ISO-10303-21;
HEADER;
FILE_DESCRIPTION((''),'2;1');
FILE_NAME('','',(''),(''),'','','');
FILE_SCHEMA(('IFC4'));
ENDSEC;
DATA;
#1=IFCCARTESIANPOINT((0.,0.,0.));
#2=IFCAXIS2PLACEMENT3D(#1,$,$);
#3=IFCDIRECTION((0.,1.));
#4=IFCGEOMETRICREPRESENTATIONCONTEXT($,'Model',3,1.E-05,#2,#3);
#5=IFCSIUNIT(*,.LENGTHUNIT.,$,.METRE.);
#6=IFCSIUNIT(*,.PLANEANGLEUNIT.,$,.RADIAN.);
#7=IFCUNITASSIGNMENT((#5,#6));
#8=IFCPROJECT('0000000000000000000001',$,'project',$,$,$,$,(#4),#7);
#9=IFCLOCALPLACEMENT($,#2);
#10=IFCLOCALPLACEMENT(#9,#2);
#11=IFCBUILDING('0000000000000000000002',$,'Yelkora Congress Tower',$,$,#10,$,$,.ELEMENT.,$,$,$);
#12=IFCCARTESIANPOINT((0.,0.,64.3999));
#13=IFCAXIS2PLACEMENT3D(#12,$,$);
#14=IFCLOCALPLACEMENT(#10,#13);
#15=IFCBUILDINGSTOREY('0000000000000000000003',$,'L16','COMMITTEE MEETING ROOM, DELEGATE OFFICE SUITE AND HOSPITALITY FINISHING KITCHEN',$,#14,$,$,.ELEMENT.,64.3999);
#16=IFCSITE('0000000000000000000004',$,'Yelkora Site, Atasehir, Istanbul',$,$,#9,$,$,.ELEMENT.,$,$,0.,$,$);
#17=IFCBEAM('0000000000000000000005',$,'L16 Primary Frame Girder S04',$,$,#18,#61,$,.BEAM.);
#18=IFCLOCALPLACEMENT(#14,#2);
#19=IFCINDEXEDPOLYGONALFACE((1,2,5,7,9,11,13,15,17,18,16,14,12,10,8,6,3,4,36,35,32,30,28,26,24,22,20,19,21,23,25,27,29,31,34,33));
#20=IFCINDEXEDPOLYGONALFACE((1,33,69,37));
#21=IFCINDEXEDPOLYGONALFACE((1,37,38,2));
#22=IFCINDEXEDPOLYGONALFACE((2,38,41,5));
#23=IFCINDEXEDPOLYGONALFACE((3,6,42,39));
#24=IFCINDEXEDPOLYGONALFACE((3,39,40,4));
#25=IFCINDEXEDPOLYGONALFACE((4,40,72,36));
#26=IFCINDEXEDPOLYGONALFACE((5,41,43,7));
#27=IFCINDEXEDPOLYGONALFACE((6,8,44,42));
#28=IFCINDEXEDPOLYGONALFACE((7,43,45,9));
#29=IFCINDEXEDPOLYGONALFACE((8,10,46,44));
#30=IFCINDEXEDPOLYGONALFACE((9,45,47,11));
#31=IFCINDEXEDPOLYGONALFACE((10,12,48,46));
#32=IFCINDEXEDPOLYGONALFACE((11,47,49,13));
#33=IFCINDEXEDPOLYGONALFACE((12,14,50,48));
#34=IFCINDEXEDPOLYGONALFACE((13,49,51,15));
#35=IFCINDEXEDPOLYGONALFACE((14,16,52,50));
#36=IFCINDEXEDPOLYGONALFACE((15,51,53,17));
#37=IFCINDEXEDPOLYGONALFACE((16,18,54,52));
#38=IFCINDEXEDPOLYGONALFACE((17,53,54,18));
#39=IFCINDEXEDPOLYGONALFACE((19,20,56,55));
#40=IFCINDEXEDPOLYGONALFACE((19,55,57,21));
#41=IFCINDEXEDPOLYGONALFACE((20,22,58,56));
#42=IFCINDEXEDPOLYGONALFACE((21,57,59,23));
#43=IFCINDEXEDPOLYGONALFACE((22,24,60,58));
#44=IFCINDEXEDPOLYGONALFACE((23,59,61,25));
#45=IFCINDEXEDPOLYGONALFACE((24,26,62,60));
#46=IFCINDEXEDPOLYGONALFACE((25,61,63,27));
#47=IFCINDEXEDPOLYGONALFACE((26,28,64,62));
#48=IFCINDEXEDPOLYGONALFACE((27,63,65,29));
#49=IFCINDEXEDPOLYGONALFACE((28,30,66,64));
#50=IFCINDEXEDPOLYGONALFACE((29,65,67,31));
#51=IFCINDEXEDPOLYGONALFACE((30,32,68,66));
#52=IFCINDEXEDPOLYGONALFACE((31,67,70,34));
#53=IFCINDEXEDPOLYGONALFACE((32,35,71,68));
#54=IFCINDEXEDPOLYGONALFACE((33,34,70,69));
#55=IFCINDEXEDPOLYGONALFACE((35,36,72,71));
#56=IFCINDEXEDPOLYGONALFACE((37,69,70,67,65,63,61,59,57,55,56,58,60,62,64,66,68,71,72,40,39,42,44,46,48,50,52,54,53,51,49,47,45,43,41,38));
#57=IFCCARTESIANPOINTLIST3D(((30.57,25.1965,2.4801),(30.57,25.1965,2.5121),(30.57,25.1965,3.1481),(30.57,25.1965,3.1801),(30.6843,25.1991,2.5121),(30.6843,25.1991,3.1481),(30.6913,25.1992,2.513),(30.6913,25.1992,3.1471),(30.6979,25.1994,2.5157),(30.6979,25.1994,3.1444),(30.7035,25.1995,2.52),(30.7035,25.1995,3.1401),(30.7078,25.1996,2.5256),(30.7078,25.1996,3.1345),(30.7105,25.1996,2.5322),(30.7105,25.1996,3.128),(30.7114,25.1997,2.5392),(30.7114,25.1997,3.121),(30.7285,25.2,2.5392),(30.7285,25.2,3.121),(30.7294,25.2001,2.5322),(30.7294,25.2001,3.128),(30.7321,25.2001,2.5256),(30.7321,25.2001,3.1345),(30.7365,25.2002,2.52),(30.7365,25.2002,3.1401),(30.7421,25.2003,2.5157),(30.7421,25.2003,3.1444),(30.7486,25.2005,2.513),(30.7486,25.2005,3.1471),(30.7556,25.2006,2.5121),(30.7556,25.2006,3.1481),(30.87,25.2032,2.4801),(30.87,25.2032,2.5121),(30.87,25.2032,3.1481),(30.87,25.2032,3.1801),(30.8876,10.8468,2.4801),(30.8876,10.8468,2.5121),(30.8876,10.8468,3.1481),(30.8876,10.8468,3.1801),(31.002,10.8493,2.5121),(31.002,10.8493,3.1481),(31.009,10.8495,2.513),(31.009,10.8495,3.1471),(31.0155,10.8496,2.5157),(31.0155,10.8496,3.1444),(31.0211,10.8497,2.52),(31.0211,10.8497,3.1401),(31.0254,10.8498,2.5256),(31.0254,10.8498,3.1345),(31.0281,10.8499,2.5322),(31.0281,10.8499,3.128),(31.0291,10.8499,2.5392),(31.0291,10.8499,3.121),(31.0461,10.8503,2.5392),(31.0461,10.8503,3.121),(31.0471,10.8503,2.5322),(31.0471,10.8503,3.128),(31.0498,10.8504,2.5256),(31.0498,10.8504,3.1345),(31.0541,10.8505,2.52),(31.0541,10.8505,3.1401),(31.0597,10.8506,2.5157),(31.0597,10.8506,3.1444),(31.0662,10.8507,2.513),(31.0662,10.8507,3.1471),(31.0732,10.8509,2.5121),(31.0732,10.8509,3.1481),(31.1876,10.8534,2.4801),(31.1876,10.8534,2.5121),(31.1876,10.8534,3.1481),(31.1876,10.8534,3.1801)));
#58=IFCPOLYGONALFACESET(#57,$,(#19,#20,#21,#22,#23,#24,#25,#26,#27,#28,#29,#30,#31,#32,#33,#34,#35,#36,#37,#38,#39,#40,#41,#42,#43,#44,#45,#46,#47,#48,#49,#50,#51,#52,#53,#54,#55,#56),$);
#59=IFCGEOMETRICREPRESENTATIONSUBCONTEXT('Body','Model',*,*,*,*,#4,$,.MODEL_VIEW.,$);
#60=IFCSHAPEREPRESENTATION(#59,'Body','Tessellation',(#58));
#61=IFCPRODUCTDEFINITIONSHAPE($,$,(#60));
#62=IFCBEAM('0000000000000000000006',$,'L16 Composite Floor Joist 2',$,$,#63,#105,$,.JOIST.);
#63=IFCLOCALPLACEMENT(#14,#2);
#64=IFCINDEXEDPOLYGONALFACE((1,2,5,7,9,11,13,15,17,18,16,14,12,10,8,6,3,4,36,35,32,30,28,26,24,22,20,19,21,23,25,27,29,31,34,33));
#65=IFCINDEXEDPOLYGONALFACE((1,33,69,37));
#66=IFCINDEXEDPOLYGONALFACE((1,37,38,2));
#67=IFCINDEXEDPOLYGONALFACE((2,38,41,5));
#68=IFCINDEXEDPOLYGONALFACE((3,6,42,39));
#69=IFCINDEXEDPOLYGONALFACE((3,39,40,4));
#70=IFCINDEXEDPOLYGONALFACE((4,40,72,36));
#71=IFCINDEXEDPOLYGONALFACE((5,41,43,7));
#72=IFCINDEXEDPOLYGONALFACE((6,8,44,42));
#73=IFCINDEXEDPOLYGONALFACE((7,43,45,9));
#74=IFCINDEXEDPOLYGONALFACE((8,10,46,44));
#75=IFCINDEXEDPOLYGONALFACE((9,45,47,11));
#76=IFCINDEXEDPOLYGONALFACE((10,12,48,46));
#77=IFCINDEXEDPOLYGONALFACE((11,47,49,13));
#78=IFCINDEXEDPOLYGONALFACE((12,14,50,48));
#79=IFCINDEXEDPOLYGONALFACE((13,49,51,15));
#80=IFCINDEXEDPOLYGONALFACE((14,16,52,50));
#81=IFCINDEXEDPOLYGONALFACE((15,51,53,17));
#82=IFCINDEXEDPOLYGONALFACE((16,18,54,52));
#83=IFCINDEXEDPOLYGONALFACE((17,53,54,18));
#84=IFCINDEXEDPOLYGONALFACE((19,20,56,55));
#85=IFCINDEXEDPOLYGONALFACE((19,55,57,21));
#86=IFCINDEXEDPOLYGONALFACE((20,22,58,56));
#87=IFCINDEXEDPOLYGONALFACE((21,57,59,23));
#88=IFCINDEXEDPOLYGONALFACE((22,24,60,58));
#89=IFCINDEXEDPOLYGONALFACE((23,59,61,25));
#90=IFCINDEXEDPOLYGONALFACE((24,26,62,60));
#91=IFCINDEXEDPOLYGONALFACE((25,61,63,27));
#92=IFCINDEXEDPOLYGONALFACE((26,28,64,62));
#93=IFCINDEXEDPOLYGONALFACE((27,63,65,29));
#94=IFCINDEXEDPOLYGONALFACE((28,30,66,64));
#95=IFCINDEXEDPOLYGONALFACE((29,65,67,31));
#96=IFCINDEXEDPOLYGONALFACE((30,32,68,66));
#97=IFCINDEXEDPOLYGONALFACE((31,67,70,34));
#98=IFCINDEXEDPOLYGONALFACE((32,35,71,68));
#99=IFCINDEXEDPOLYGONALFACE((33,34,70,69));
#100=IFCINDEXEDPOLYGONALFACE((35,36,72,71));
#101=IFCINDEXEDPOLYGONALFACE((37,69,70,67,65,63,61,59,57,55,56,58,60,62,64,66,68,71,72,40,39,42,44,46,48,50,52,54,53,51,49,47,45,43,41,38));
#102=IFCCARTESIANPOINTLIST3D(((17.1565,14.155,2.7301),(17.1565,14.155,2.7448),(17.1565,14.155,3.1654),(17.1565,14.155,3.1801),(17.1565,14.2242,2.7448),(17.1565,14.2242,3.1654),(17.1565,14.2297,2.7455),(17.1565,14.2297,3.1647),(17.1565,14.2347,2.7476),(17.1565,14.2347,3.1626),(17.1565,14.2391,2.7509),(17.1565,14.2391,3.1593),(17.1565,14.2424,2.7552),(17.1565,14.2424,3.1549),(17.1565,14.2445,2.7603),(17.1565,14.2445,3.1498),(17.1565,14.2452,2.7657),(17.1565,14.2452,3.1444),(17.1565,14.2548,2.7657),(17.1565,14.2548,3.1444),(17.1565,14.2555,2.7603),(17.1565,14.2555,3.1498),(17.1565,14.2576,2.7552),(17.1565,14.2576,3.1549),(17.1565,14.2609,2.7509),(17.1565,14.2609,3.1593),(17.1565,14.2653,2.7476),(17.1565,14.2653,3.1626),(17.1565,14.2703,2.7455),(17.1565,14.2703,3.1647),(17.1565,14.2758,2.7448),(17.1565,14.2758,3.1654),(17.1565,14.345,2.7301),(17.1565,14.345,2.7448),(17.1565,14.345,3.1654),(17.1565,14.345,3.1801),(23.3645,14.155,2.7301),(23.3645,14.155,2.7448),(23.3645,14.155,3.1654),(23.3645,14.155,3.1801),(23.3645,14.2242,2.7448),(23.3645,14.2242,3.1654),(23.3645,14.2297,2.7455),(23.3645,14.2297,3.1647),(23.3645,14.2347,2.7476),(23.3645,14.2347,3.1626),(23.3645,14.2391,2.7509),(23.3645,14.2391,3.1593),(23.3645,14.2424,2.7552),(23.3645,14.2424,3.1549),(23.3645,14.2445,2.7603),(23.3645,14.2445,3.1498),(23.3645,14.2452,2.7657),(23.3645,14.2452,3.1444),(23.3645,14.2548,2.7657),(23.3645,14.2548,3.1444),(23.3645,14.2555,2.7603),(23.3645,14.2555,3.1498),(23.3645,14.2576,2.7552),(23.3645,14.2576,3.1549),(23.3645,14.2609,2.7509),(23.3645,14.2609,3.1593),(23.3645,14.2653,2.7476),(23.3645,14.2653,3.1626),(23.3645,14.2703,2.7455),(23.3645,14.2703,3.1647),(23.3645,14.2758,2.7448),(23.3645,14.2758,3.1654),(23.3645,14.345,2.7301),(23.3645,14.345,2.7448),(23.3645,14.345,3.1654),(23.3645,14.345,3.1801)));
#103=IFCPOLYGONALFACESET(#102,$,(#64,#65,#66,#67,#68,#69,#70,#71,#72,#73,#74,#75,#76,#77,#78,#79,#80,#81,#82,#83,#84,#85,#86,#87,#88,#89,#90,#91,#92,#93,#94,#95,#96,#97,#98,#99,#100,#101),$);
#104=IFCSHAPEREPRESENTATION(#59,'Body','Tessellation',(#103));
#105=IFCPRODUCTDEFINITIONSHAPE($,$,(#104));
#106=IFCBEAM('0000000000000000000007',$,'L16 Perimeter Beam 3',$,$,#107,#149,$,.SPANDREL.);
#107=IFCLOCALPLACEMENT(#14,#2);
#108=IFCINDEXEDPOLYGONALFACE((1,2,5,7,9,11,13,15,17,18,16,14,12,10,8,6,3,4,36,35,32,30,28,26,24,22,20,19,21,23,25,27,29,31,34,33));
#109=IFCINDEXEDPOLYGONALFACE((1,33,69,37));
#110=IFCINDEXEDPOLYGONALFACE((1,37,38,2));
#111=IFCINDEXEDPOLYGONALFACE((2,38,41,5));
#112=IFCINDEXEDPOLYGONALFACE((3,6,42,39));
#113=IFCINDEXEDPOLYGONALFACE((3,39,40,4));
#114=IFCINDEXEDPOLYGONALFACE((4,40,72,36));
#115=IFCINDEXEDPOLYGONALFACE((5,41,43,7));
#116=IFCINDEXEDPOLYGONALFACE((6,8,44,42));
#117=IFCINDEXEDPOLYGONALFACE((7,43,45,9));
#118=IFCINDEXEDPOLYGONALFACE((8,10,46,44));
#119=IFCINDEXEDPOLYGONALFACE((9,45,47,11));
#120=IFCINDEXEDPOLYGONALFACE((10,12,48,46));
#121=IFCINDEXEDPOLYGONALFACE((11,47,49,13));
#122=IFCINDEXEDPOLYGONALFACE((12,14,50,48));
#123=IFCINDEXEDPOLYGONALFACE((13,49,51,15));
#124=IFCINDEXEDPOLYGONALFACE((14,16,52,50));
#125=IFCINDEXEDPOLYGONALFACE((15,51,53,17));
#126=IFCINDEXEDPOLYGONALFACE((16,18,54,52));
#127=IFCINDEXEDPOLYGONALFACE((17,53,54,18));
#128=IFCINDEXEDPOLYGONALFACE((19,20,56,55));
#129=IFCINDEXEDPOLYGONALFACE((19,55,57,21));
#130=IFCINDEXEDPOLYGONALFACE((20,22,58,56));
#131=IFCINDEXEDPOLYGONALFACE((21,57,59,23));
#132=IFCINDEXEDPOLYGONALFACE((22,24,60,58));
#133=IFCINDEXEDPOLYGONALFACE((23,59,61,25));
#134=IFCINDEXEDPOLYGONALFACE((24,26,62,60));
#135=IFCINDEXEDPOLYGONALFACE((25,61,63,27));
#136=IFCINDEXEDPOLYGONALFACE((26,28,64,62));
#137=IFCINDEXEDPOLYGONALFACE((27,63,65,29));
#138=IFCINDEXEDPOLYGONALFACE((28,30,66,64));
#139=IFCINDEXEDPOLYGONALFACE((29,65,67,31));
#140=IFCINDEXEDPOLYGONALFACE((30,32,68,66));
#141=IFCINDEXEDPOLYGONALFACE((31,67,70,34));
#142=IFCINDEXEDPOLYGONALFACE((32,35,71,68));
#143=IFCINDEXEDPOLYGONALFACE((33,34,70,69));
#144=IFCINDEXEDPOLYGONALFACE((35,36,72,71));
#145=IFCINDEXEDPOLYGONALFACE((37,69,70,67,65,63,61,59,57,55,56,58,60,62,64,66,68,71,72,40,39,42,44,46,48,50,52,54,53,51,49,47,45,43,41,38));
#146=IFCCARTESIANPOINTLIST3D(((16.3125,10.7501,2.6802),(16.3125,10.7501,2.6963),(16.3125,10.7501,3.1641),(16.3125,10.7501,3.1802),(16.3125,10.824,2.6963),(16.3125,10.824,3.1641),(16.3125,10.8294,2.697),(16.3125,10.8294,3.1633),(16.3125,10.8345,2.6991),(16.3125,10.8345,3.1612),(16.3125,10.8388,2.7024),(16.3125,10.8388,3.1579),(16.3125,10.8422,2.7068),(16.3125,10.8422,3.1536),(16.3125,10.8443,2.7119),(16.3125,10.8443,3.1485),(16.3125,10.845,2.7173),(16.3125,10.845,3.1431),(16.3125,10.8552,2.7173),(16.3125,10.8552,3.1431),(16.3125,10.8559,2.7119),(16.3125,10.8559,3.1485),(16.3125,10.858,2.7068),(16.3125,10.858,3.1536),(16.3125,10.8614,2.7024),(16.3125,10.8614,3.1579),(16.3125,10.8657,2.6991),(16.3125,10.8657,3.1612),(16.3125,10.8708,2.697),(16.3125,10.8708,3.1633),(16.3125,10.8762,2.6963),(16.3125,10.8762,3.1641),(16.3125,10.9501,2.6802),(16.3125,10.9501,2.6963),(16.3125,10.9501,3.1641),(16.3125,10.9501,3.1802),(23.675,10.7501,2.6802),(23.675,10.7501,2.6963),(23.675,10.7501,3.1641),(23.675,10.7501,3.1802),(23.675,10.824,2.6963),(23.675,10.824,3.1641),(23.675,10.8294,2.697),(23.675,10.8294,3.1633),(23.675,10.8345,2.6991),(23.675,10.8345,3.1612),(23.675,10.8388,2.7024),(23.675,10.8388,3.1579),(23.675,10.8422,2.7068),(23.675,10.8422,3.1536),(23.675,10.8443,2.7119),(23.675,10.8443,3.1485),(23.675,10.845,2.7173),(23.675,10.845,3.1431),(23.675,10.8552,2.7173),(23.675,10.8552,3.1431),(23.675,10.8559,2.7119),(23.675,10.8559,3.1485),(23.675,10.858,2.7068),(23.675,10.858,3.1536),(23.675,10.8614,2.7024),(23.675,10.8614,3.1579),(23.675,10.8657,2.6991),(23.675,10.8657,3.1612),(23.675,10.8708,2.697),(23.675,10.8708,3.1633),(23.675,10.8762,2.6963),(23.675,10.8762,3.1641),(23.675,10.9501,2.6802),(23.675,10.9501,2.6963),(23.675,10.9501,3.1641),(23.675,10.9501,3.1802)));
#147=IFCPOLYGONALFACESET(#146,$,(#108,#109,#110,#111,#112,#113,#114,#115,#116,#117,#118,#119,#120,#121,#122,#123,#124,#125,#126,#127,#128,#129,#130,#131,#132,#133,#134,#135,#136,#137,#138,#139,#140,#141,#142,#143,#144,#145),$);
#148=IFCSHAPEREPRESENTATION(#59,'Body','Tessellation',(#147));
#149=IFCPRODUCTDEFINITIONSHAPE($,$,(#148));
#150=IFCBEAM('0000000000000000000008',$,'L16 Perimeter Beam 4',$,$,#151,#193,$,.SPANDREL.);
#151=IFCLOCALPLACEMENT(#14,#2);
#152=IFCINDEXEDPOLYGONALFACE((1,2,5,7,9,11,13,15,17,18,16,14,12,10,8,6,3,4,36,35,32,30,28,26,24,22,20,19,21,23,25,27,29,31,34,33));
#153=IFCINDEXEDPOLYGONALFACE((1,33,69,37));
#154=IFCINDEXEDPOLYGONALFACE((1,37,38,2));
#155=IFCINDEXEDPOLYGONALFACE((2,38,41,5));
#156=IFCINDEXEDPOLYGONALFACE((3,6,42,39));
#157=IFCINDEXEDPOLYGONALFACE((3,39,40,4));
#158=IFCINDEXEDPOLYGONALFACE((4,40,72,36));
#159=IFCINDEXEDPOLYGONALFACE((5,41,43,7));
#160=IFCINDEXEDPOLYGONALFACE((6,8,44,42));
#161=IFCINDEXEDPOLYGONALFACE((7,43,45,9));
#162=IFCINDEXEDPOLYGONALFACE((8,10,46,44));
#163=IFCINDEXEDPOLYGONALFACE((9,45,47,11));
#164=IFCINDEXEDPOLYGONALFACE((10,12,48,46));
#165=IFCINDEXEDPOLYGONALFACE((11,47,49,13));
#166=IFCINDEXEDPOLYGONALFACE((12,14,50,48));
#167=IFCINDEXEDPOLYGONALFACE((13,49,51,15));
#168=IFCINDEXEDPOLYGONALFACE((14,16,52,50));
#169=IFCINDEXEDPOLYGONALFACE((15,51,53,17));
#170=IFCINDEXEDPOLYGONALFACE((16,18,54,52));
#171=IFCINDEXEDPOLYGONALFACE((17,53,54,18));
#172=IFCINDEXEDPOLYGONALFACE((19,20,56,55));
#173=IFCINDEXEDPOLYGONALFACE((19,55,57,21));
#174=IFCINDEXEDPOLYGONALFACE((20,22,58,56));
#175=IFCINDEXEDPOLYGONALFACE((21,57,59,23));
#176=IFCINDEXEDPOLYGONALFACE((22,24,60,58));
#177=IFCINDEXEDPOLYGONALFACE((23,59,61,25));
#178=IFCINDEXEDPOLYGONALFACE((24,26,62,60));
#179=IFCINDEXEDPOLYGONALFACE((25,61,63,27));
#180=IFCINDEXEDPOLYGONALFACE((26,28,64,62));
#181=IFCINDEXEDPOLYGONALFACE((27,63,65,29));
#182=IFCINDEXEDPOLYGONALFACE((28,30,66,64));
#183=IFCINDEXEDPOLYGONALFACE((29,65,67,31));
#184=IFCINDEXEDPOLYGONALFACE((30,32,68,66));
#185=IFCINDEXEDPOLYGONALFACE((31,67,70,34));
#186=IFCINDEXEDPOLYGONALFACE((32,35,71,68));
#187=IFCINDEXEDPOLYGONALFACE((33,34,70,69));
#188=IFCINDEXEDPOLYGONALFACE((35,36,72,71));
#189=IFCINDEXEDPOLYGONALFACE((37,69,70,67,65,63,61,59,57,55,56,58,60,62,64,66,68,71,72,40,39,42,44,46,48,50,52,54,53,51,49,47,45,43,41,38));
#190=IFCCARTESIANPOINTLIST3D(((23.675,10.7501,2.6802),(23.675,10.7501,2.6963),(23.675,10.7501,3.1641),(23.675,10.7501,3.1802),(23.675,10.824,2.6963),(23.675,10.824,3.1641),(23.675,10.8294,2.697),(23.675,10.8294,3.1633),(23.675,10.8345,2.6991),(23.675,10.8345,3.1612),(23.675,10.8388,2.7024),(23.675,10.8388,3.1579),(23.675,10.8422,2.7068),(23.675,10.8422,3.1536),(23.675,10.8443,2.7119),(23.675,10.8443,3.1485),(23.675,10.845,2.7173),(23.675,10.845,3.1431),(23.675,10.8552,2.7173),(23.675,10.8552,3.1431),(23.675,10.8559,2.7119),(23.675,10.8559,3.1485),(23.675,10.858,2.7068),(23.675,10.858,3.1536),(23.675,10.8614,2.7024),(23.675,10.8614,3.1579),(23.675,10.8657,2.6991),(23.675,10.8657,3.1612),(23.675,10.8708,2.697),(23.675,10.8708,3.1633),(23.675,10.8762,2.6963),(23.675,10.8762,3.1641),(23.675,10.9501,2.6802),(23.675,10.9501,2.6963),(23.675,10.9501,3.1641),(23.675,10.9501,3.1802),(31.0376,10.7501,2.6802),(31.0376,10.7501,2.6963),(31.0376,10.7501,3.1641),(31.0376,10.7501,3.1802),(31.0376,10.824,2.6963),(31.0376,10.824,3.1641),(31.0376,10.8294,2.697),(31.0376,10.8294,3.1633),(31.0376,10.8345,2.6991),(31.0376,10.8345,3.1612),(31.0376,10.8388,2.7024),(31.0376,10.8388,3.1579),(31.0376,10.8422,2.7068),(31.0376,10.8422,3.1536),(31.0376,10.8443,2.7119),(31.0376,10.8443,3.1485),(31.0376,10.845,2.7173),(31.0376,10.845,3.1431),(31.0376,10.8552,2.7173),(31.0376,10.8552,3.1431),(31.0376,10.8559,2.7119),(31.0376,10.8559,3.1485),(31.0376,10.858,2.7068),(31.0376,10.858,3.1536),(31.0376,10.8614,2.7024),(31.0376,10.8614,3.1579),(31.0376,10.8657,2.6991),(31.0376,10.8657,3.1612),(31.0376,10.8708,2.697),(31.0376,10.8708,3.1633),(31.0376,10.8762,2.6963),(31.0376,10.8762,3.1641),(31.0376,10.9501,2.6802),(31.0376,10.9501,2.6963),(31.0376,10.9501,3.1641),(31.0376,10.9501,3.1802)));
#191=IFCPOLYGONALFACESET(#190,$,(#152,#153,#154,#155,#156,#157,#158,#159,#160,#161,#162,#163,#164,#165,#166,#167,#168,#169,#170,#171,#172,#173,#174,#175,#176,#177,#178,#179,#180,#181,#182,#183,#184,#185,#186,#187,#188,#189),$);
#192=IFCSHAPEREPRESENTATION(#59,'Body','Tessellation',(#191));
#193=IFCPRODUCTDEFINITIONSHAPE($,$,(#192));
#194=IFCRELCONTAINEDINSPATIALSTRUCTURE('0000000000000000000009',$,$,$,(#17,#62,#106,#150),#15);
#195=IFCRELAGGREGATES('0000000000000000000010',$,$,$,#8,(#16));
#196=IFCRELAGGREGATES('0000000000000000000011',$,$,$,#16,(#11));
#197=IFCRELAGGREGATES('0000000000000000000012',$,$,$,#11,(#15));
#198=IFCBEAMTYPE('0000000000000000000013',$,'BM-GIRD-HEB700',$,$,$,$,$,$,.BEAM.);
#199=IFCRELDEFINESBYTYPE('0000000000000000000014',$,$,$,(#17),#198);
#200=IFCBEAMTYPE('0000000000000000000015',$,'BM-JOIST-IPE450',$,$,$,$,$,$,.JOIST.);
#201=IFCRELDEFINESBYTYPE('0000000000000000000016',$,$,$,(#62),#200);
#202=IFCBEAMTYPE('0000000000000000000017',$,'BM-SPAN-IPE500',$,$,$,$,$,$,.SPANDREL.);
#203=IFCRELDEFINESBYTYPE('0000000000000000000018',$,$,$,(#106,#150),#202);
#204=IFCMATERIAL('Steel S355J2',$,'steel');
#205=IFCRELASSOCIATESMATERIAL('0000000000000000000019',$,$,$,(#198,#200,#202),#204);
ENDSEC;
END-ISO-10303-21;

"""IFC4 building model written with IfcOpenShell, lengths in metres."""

from ifc_helpers import new_model, si_unit, direction, frame, origin, origin_2d, place, context, subcontext, project, spatial, i_section, extrude, material, material_profile, profile_set, type_object, element, save


model = new_model("IFC4")

# Units and contexts
model_context = context("Model", 3, precision=1e-05, world=origin(), true_north=direction((0.0, 1.0)))
body_context = subcontext(model_context, "Body", "Model", "MODEL_VIEW")
ifc_project = project(units=[si_unit("LENGTHUNIT", "METRE"), si_unit("PLANEANGLEUNIT", "RADIAN")], contexts=[model_context])

# Site, building, storey
site_placement = place(None, origin())
site = spatial("IfcSite", under=ifc_project, at=site_placement, Name="Yelkora Site, Atasehir, Istanbul", CompositionType="ELEMENT", RefElevation=0.0)
building_placement = place(site_placement, origin())
building = spatial("IfcBuilding", under=site, at=building_placement, Name="Yelkora Congress Tower", CompositionType="ELEMENT")
storey_placement = place(building_placement, frame((0.0, 0.0, 64.3999)))
storey = spatial("IfcBuildingStorey", under=building, at=storey_placement, Name="L16", Description="COMMITTEE MEETING ROOM, DELEGATE OFFICE SUITE AND HOSPITALITY FINISHING KITCHEN", CompositionType="ELEMENT", Elevation=64.3999)

# Beams
ifc_material_1 = material(Name="Steel S355J2", Category="steel")
ifc_material_profile_1 = material_profile(ifc_material_1, i_section(OverallWidth=0.3, OverallDepth=0.7, WebThickness=0.0171, FlangeThickness=0.032, FilletRadius=0.0271, at=origin_2d()), Name="HEB 700")
ifc_profile_set_1 = profile_set([ifc_material_profile_1], Name="Steel S355J2")
beam_type_1 = type_object("IfcBeamType", Name="BM-GIRD-HEB700", PredefinedType="BEAM", material=ifc_profile_set_1)
beam_1_placement = place(storey_placement, frame((31.0376, 10.8501, 2.8301), z_axis=(-0.022129, 0.999755, 0.0), x_axis=(-0.999755, -0.022129, 0.0)))
element("IfcBeam", 1, at=beam_1_placement, inside=storey, type_object=beam_type_1, Name="L16 Primary Frame Girder S04", PredefinedType="BEAM", context=body_context, shape_type="SweptSolid", body=[
    extrude(i_section(OverallWidth=0.3, OverallDepth=0.7, WebThickness=0.0171, FlangeThickness=0.032, FilletRadius=0.0271, at=origin_2d()), origin(), (0.0, 0.0, 1.0), 14.3533),
])
ifc_material_profile_2 = material_profile(ifc_material_1, i_section(OverallWidth=0.1899, OverallDepth=0.45, WebThickness=0.0095, FlangeThickness=0.0146, FilletRadius=0.021, at=origin_2d()), Name="IPE 450")
ifc_profile_set_2 = profile_set([ifc_material_profile_2], Name="Steel S355J2")
beam_type_2 = type_object("IfcBeamType", Name="BM-JOIST-IPE450", PredefinedType="JOIST", material=ifc_profile_set_2)
beam_2_placement = place(storey_placement, frame((17.1565, 14.25, 2.9551), z_axis=(1.0, 0.0, 0.0), x_axis=(0.0, 1.0, 0.0)))
element("IfcBeam", 2, at=beam_2_placement, inside=storey, type_object=beam_type_2, Name="L16 Composite Floor Joist 2", PredefinedType="JOIST", context=body_context, shape_type="SweptSolid", body=[
    extrude(i_section(OverallWidth=0.1899, OverallDepth=0.45, WebThickness=0.0095, FlangeThickness=0.0146, FilletRadius=0.021, at=origin_2d()), origin(), (0.0, 0.0, 1.0), 6.208),
])
ifc_material_profile_3 = material_profile(ifc_material_1, i_section(OverallWidth=0.2, OverallDepth=0.5, WebThickness=0.0103, FlangeThickness=0.0161, FilletRadius=0.021, at=origin_2d()), Name="IPE 500")
ifc_profile_set_3 = profile_set([ifc_material_profile_3], Name="Steel S355J2")
beam_type_3 = type_object("IfcBeamType", Name="BM-SPAN-IPE500", PredefinedType="SPANDREL", material=ifc_profile_set_3)
for number, where, z_axis, x_axis, name in (
    (3, (16.3125, 10.8501, 2.9302), (1.0, 0.0, 0.0), (0.0, 1.0, 0.0), "L16 Perimeter Beam 3"),
    (4, (23.675, 10.8501, 2.9302), (1.0, 0.0, 0.0), (0.0, 1.0, 0.0), "L16 Perimeter Beam 4"),
):
    element("IfcBeam", number, at=place(storey_placement, frame(where, z_axis=z_axis, x_axis=x_axis)), inside=storey, type_object=beam_type_3, Name=name, PredefinedType="SPANDREL", context=body_context, shape_type="SweptSolid", body=[
        extrude(i_section(OverallWidth=0.2, OverallDepth=0.5, WebThickness=0.0103, FlangeThickness=0.0161, FilletRadius=0.021, at=origin_2d()), origin(), (0.0, 0.0, 1.0), 7.3625),
    ])

save(model, "model.ifc")
